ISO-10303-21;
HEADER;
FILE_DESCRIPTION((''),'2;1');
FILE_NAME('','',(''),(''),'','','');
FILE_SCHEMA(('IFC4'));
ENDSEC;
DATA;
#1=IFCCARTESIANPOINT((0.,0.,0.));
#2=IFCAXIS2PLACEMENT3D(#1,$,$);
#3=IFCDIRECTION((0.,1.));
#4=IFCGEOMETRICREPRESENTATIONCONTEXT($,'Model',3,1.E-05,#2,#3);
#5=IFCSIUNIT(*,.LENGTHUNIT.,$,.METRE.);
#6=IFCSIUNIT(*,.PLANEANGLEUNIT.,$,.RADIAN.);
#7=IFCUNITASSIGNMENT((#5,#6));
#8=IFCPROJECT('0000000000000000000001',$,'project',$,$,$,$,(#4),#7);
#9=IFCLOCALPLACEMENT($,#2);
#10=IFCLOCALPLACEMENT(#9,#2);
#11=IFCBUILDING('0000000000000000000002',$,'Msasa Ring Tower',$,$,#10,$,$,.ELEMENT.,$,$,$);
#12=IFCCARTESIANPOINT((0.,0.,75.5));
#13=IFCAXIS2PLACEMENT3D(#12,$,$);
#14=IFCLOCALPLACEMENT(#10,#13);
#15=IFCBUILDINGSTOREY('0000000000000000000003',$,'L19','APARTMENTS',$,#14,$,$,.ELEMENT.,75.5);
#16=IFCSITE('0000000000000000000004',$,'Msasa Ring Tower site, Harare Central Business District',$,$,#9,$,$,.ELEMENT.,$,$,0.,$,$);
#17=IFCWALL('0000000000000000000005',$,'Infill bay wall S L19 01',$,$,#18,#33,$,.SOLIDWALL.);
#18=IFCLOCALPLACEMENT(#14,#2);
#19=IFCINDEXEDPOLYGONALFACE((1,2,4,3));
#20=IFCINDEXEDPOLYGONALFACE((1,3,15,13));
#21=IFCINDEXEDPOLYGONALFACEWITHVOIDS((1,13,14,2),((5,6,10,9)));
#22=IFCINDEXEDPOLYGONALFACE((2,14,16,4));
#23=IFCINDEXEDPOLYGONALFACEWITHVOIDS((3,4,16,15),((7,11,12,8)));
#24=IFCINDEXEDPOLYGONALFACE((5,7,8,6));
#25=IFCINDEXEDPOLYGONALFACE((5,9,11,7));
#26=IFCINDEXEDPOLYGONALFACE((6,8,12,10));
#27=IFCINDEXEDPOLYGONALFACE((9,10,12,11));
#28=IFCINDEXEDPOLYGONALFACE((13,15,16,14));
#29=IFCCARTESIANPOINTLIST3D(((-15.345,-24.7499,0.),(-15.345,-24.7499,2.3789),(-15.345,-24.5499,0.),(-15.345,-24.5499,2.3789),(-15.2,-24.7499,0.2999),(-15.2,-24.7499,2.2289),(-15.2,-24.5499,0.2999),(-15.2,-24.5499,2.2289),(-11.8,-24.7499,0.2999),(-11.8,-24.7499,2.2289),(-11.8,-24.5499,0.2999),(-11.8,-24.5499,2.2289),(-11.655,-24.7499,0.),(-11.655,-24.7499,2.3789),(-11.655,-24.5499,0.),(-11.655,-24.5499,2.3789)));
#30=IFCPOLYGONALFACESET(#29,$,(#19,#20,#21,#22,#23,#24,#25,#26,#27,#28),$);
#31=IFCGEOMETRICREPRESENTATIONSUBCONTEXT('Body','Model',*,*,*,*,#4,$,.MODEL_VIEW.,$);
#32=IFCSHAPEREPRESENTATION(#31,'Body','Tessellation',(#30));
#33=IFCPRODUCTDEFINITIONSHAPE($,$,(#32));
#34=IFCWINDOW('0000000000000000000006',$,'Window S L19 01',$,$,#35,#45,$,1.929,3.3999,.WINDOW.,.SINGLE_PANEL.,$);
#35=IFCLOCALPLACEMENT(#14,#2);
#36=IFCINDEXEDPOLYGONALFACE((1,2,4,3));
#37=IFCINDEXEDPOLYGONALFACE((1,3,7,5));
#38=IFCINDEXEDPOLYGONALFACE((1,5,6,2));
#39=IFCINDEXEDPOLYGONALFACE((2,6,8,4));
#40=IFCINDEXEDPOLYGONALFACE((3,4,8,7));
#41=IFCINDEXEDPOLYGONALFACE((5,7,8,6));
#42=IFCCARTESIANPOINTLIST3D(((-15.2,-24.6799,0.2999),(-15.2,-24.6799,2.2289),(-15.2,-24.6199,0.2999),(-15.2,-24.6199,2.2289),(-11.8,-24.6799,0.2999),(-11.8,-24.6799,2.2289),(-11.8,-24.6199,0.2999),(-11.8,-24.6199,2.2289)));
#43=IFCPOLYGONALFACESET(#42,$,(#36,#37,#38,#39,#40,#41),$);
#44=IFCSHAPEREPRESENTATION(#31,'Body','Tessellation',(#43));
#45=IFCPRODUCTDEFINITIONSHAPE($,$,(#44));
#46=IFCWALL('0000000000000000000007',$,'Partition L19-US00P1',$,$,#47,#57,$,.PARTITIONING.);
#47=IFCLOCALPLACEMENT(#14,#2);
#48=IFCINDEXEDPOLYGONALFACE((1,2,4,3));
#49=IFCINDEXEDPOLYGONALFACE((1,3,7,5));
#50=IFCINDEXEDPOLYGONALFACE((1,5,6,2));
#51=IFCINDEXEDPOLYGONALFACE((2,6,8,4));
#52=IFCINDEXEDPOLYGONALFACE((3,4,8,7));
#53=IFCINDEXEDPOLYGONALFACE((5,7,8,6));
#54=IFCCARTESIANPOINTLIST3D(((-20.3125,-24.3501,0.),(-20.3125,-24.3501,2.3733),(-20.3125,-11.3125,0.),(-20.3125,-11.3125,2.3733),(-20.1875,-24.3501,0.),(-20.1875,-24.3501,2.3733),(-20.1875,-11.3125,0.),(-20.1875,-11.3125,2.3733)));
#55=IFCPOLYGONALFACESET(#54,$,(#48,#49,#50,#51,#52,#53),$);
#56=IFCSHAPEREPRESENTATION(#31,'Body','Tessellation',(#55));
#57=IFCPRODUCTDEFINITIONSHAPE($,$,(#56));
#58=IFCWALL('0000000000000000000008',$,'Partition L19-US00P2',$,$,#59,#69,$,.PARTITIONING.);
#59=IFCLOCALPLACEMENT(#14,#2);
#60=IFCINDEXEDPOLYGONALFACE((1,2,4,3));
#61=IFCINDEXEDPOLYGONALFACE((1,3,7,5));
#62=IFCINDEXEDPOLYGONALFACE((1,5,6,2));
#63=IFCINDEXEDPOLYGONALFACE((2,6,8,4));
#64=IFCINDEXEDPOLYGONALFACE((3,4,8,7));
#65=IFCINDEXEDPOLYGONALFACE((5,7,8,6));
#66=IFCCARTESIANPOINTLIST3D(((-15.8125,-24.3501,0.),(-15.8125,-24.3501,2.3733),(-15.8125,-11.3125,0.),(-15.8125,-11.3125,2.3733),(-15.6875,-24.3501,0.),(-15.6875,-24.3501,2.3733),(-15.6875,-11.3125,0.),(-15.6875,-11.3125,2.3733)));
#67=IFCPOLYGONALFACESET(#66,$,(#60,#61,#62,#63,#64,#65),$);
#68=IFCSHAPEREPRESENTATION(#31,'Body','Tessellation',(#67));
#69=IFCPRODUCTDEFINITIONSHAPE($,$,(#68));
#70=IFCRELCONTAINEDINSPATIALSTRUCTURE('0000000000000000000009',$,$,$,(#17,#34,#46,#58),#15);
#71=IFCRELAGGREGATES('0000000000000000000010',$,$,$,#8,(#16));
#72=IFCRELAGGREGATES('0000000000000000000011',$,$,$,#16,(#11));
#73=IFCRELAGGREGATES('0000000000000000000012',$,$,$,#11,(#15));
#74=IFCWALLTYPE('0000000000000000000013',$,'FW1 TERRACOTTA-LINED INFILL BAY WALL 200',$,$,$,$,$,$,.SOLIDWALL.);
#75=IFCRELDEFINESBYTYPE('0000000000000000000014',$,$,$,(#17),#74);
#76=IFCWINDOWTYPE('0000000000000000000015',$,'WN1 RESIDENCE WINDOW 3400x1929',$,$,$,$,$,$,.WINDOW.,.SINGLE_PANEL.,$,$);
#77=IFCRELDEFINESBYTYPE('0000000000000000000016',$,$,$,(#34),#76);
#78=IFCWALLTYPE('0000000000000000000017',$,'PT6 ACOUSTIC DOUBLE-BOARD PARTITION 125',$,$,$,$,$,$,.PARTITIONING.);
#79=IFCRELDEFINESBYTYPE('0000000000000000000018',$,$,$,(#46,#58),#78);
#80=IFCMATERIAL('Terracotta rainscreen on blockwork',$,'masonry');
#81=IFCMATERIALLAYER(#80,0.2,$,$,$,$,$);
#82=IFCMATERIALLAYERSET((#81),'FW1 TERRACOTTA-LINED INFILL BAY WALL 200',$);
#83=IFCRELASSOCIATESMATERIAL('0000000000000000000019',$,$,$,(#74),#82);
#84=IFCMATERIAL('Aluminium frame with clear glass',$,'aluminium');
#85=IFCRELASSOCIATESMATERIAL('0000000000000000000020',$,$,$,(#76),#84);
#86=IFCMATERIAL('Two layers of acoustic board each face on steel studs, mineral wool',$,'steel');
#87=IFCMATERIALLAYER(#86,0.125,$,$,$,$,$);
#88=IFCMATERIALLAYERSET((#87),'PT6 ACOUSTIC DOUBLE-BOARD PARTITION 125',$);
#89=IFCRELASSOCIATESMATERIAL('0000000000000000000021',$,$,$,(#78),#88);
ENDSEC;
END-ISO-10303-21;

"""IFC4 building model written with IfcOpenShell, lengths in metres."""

from ifc_helpers import new_model, si_unit, direction, frame, frame_2d, origin, place, context, subcontext, project, spatial, rectangle, extrude, material, layer, layer_set, type_object, element, fill, save


model = new_model("IFC4")

# Units and contexts
model_context = context("Model", 3, precision=1e-05, world=origin(), true_north=direction((0.0, 1.0)))
body_context = subcontext(model_context, "Body", "Model", "MODEL_VIEW")
ifc_project = project(units=[si_unit("LENGTHUNIT", "METRE"), si_unit("PLANEANGLEUNIT", "RADIAN")], contexts=[model_context])

# Site, building, storey
site_placement = place(None, origin())
site = spatial("IfcSite", under=ifc_project, at=site_placement, Name="Msasa Ring Tower site, Harare Central Business District", CompositionType="ELEMENT", RefElevation=0.0)
building_placement = place(site_placement, origin())
building = spatial("IfcBuilding", under=site, at=building_placement, Name="Msasa Ring Tower", CompositionType="ELEMENT")
storey_placement = place(building_placement, frame((0.0, 0.0, 75.5)))
storey = spatial("IfcBuildingStorey", under=building, at=storey_placement, Name="L19", Description="APARTMENTS", CompositionType="ELEMENT", Elevation=75.5)

# Wall, opening, window
ifc_material_1 = material(Name="Terracotta rainscreen on blockwork", Category="masonry")
ifc_layer_1 = layer(ifc_material_1, 0.2)
ifc_layer_set_1 = layer_set([ifc_layer_1], Name="FW1 TERRACOTTA-LINED INFILL BAY WALL 200")
wall_type_1 = type_object("IfcWallType", Name="FW1 TERRACOTTA-LINED INFILL BAY WALL 200", PredefinedType="SOLIDWALL", material=ifc_layer_set_1)
ifc_material_2 = material(Name="Aluminium frame with clear glass", Category="aluminium")
window_type = type_object("IfcWindowType", Name="WN1 RESIDENCE WINDOW 3400x1929", PartitioningType="SINGLE_PANEL", PredefinedType="WINDOW", material=ifc_material_2)
wall_1_placement = place(storey_placement, frame((-15.345, -24.6499, 0.0), z_axis=(0.0, 0.0, 1.0), x_axis=(1.0, 0.0, 0.0)))
wall_1 = element("IfcWall", 1, at=wall_1_placement, inside=storey, type_object=wall_type_1, Name="Infill bay wall S L19 01", PredefinedType="SOLIDWALL", context=body_context, shape_type="SweptSolid", body=[
    extrude(rectangle(XDim=3.6899, YDim=0.2, at=frame_2d((1.845, 0.0))), origin(), (0.0, 0.0, 1.0), 2.3789),
])
opening_1_placement = place(wall_1_placement, frame((0.145, 0.0, 0.3)))
opening_1 = element("IfcOpeningElement", 2, at=opening_1_placement, cuts=wall_1, PredefinedType="OPENING", context=body_context, shape_type="SweptSolid", body=[
    extrude(rectangle(XDim=3.3999, YDim=1.929, at=frame_2d((1.7, 0.9644))), frame((0.0, 0.1099, 0.0), z_axis=(0.0, -1.0, 0.0), x_axis=(1.0, 0.0, 0.0)), (0.0, 0.0, 1.0), 0.22),
])
window_1_placement = place(opening_1_placement, origin())
window_1 = element("IfcWindow", 3, at=window_1_placement, inside=storey, type_object=window_type, Name="Window S L19 01", OverallHeight=1.929, OverallWidth=3.3999, PartitioningType="SINGLE_PANEL", PredefinedType="WINDOW", context=body_context, shape_type="SweptSolid", body=[
    extrude(rectangle(XDim=3.3999, YDim=1.929, at=frame_2d((1.7, 0.9644))), frame((0.0, 0.03, 0.0), z_axis=(0.0, -1.0, 0.0), x_axis=(1.0, 0.0, 0.0)), (0.0, 0.0, 1.0), 0.0601),
])
fill(opening_1, window_1)

# Walls
ifc_material_3 = material(Name="Two layers of acoustic board each face on steel studs, mineral wool", Category="steel")
ifc_layer_2 = layer(ifc_material_3, 0.125)
ifc_layer_set_2 = layer_set([ifc_layer_2], Name="PT6 ACOUSTIC DOUBLE-BOARD PARTITION 125")
wall_type_2 = type_object("IfcWallType", Name="PT6 ACOUSTIC DOUBLE-BOARD PARTITION 125", PredefinedType="PARTITIONING", material=ifc_layer_set_2)
for number, where, z_axis, x_axis, name in (
    (4, (-20.25, -24.3501, 0.0), (0.0, 0.0, 1.0), (0.0, 1.0, 0.0), "Partition L19-US00P1"),
    (5, (-15.75, -24.3501, 0.0), (0.0, 0.0, 1.0), (0.0, 1.0, 0.0), "Partition L19-US00P2"),
):
    element("IfcWall", number, at=place(storey_placement, frame(where, z_axis=z_axis, x_axis=x_axis)), inside=storey, type_object=wall_type_2, Name=name, PredefinedType="PARTITIONING", context=body_context, shape_type="SweptSolid", body=[
        extrude(rectangle(XDim=13.0376, YDim=0.125, at=frame_2d((6.5188, 0.0))), origin(), (0.0, 0.0, 1.0), 2.3733),
    ])

save(model, "model.ifc")
